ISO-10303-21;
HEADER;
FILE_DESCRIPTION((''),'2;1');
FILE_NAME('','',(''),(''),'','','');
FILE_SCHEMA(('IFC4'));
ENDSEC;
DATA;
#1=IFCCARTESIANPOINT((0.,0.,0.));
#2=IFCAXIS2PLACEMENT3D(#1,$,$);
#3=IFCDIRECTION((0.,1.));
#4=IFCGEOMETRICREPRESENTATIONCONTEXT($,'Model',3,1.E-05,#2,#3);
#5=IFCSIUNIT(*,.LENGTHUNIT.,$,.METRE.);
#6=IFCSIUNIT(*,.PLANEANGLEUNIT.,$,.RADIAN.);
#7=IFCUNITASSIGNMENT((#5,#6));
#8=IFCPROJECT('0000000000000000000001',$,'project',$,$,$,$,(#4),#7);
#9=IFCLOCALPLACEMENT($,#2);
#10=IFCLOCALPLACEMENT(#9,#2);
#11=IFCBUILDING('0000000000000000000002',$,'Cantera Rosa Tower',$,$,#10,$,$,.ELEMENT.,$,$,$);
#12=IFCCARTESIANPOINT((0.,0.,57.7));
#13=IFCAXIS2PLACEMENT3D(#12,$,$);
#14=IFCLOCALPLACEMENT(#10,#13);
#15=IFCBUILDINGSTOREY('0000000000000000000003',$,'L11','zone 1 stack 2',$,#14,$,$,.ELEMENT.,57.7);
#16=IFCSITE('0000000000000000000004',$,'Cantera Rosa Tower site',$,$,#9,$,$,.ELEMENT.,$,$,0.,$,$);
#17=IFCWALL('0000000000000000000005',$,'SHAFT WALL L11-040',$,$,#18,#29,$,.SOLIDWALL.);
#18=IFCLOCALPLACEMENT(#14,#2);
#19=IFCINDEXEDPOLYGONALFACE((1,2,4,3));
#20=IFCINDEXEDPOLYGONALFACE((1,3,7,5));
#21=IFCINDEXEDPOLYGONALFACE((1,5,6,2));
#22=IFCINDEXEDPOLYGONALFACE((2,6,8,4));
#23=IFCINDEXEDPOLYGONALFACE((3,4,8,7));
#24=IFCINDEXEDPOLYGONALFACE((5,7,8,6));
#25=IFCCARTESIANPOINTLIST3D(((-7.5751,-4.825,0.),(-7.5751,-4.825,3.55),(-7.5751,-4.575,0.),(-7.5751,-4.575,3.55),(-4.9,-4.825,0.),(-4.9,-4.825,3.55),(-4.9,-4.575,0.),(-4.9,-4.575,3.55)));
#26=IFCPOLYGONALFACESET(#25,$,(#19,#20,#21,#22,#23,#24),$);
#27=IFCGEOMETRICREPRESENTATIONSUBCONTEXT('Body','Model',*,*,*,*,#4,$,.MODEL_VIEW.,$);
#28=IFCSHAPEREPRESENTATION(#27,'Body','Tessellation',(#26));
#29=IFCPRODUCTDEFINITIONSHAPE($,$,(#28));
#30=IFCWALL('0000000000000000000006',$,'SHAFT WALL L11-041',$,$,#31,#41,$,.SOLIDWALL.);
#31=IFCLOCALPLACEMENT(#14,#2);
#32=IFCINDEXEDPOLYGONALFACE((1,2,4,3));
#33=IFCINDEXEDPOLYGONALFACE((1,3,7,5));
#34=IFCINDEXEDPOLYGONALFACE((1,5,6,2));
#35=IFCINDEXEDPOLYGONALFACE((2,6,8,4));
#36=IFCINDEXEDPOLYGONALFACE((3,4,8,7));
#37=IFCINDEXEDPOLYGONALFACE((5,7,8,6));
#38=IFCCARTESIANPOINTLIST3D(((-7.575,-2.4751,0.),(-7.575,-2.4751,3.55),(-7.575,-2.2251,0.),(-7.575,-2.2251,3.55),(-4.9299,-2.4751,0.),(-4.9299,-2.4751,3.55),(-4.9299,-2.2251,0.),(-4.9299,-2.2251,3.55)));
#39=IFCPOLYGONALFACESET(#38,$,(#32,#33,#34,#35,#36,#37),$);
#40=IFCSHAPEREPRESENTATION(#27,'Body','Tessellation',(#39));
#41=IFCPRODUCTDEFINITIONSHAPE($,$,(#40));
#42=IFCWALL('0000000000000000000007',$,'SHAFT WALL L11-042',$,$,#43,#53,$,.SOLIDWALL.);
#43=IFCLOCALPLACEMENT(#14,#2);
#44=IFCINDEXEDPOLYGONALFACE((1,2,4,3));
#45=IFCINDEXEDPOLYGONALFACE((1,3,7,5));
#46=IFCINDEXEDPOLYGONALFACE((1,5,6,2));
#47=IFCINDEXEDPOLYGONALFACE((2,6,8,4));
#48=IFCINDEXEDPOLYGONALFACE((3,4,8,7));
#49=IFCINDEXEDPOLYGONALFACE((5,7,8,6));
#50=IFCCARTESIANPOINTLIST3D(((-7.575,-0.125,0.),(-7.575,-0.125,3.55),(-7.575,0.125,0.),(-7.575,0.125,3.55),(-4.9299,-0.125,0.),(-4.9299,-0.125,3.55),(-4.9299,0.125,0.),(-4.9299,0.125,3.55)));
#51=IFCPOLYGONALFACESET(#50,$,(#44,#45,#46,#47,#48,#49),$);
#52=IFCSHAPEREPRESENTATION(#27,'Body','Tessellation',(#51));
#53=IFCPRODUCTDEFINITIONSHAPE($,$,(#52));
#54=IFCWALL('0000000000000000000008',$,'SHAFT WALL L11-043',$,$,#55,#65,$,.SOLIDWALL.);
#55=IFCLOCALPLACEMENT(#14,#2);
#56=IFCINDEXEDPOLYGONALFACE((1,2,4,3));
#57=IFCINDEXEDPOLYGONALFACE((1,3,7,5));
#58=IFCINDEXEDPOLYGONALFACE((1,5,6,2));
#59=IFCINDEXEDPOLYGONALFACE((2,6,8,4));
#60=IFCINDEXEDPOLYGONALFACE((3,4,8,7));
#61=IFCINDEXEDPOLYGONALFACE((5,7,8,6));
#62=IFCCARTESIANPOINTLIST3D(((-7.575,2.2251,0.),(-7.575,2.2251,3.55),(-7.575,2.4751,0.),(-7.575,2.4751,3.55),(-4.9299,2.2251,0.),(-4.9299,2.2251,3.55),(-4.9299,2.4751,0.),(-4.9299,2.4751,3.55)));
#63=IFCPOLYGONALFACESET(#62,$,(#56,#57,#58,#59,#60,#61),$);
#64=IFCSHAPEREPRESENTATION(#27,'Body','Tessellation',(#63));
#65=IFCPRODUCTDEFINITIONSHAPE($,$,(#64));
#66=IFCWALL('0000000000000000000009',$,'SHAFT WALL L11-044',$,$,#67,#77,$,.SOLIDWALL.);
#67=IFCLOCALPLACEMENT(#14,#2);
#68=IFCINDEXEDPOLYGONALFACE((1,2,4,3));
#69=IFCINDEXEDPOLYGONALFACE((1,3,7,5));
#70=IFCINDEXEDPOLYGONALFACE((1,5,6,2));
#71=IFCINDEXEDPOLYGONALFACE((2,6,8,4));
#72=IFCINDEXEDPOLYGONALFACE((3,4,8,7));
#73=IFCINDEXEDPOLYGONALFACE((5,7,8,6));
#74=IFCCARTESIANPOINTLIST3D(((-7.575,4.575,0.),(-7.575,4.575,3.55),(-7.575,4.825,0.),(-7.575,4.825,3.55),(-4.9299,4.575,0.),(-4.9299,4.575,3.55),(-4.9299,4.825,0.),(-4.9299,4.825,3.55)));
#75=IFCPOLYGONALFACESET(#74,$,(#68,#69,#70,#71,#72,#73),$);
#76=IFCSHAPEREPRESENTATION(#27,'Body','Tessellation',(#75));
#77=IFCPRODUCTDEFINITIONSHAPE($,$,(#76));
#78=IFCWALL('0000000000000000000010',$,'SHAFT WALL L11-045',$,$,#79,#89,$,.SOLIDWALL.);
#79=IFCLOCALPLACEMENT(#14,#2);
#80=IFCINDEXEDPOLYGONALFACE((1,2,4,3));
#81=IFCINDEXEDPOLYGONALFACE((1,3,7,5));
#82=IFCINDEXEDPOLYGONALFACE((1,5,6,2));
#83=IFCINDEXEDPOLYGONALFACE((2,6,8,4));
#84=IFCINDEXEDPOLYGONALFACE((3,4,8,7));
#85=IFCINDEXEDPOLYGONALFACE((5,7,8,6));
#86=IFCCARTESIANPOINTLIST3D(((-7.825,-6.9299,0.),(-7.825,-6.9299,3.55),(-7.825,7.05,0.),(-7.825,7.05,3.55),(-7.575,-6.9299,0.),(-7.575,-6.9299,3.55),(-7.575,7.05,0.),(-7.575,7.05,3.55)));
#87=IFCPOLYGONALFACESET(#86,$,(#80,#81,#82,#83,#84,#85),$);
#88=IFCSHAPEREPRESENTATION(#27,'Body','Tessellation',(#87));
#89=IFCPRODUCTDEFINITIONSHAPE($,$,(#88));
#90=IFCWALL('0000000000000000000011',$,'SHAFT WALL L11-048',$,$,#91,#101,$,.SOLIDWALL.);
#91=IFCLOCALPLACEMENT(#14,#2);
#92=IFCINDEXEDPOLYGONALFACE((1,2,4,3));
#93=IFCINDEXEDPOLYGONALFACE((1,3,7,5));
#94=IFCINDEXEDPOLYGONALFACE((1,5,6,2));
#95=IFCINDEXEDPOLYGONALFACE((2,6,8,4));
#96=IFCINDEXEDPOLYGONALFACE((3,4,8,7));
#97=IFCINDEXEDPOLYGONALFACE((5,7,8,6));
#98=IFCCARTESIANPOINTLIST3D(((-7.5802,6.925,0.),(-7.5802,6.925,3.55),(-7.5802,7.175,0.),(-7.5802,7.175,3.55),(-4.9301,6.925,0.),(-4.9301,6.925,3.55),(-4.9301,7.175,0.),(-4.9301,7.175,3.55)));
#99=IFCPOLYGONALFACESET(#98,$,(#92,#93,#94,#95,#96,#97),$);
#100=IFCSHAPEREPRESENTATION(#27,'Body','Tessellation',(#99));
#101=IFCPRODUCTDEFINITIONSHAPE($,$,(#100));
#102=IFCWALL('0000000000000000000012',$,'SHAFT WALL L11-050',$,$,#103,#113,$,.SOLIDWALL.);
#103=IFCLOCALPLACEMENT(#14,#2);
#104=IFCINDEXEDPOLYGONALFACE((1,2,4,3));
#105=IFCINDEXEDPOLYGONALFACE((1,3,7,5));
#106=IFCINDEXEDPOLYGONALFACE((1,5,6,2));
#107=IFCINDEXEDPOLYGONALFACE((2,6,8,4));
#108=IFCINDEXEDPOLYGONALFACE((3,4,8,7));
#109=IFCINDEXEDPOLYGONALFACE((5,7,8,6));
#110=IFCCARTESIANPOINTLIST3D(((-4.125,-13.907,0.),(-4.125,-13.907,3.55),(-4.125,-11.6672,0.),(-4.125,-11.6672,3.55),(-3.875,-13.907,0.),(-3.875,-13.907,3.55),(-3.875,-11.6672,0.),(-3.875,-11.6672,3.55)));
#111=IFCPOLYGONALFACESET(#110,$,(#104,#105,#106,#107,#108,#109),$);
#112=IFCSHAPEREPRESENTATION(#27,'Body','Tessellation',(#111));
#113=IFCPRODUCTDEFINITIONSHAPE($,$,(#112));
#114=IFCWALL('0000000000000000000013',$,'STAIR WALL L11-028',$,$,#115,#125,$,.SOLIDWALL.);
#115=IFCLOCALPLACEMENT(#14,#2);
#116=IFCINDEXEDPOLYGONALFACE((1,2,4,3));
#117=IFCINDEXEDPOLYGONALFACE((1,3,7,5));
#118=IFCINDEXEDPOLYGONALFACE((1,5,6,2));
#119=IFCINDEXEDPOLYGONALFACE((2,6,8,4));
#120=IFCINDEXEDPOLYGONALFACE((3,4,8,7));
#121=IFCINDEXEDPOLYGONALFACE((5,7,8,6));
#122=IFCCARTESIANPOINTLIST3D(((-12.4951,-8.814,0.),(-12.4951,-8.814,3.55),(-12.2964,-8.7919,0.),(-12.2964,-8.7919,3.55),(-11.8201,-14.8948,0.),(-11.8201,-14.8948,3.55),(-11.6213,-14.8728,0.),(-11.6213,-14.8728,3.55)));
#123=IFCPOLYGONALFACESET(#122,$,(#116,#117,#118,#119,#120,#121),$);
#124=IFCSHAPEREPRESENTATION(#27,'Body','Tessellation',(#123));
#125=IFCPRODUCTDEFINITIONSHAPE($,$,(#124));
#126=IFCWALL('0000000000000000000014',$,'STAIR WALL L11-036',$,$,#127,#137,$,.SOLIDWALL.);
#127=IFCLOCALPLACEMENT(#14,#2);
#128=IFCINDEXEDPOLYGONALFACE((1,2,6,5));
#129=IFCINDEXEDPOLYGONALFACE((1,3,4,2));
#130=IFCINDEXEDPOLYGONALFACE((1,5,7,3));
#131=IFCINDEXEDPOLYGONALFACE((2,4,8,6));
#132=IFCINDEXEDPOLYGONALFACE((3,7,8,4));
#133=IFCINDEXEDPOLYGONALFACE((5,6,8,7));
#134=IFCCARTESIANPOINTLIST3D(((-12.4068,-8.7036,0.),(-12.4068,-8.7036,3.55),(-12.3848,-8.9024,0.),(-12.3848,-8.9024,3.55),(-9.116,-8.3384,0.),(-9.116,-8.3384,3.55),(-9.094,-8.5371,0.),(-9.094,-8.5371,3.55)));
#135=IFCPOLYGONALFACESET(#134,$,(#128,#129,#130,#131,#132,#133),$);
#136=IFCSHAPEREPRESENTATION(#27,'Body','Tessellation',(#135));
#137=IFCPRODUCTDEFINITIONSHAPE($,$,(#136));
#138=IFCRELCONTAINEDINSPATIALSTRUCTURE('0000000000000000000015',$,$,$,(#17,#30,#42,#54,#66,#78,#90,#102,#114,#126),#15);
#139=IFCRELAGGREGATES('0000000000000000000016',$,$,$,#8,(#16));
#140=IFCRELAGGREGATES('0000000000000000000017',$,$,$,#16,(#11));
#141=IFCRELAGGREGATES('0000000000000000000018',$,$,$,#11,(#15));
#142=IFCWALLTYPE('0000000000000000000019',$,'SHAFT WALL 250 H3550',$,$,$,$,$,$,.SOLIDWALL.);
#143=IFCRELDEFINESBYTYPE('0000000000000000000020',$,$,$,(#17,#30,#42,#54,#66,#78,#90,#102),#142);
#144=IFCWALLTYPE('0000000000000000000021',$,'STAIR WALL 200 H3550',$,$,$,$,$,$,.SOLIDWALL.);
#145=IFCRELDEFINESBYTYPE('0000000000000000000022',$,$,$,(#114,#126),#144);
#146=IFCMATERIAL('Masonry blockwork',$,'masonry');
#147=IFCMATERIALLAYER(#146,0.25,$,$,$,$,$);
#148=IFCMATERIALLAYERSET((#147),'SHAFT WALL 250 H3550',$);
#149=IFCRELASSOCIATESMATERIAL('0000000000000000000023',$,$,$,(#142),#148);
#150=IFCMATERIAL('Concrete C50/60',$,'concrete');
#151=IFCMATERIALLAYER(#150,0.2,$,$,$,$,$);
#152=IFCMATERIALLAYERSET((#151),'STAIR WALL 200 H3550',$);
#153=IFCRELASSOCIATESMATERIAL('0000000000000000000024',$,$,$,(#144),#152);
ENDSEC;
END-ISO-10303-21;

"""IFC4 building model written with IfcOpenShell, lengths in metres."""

from ifc_helpers import new_model, si_unit, direction, frame, frame_2d, origin, place, context, subcontext, project, spatial, rectangle, extrude, material, layer, layer_set, type_object, element, save


model = new_model("IFC4")

# Units and contexts
model_context = context("Model", 3, precision=1e-05, world=origin(), true_north=direction((0.0, 1.0)))
body_context = subcontext(model_context, "Body", "Model", "MODEL_VIEW")
ifc_project = project(units=[si_unit("LENGTHUNIT", "METRE"), si_unit("PLANEANGLEUNIT", "RADIAN")], contexts=[model_context])

# Site, building, storey
site_placement = place(None, origin())
site = spatial("IfcSite", under=ifc_project, at=site_placement, Name="Cantera Rosa Tower site", CompositionType="ELEMENT", RefElevation=0.0)
building_placement = place(site_placement, origin())
building = spatial("IfcBuilding", under=site, at=building_placement, Name="Cantera Rosa Tower", CompositionType="ELEMENT")
storey_placement = place(building_placement, frame((0.0, 0.0, 57.7)))
storey = spatial("IfcBuildingStorey", under=building, at=storey_placement, Name="L11", Description="zone 1 stack 2", CompositionType="ELEMENT", Elevation=57.7)

# Walls
ifc_material_1 = material(Name="Masonry blockwork", Category="masonry")
ifc_layer_1 = layer(ifc_material_1, 0.25)
ifc_layer_set_1 = layer_set([ifc_layer_1], Name="SHAFT WALL 250 H3550")
wall_type_1 = type_object("IfcWallType", Name="SHAFT WALL 250 H3550", PredefinedType="SOLIDWALL", material=ifc_layer_set_1)
wall_1_placement = place(storey_placement, frame((-7.575, -4.7, 0.0), z_axis=(0.0, 0.0, 1.0), x_axis=(1.0, 0.0, 0.0)))
element("IfcWall", 1, at=wall_1_placement, inside=storey, type_object=wall_type_1, Name="SHAFT WALL L11-040", PredefinedType="SOLIDWALL", context=body_context, shape_type="SweptSolid", body=[
    extrude(rectangle(XDim=2.675, YDim=0.25, at=frame_2d((1.3374, 0.0))), origin(), (0.0, 0.0, 1.0), 3.55),
])
for number, where, z_axis, x_axis, name in (
    (2, (-7.575, -2.3501, 0.0), (0.0, 0.0, 1.0), (1.0, 0.0, 0.0), "SHAFT WALL L11-041"),
    (3, (-7.575, 0.0, 0.0), (0.0, 0.0, 1.0), (1.0, 0.0, 0.0), "SHAFT WALL L11-042"),
    (4, (-7.575, 2.3501, 0.0), (0.0, 0.0, 1.0), (1.0, 0.0, 0.0), "SHAFT WALL L11-043"),
    (5, (-7.575, 4.7, 0.0), (0.0, 0.0, 1.0), (1.0, 0.0, 0.0), "SHAFT WALL L11-044"),
):
    element("IfcWall", number, at=place(storey_placement, frame(where, z_axis=z_axis, x_axis=x_axis)), inside=storey, type_object=wall_type_1, Name=name, PredefinedType="SOLIDWALL", context=body_context, shape_type="SweptSolid", body=[
        extrude(rectangle(XDim=2.645, YDim=0.25, at=frame_2d((1.3225, 0.0))), origin(), (0.0, 0.0, 1.0), 3.55),
    ])
wall_2_placement = place(storey_placement, frame((-7.7, 7.05, 0.0), z_axis=(0.0, 0.0, 1.0), x_axis=(0.0, -1.0, 0.0)))
element("IfcWall", 6, at=wall_2_placement, inside=storey, type_object=wall_type_1, Name="SHAFT WALL L11-045", PredefinedType="SOLIDWALL", context=body_context, shape_type="SweptSolid", body=[
    extrude(rectangle(XDim=13.98, YDim=0.25, at=frame_2d((6.99, 0.0))), origin(), (0.0, 0.0, 1.0), 3.55),
])
wall_3_placement = place(storey_placement, frame((-4.9299, 7.05, 0.0), z_axis=(0.0, 0.0, 1.0), x_axis=(-1.0, 0.0, 0.0)))
element("IfcWall", 7, at=wall_3_placement, inside=storey, type_object=wall_type_1, Name="SHAFT WALL L11-048", PredefinedType="SOLIDWALL", context=body_context, shape_type="SweptSolid", body=[
    extrude(rectangle(XDim=2.6501, YDim=0.25, at=frame_2d((1.3252, 0.0))), origin(), (0.0, 0.0, 1.0), 3.55),
])
wall_4_placement = place(storey_placement, frame((-4.0, -11.6672, 0.0), z_axis=(0.0, 0.0, 1.0), x_axis=(0.0, -1.0, 0.0)))
element("IfcWall", 8, at=wall_4_placement, inside=storey, type_object=wall_type_1, Name="SHAFT WALL L11-050", PredefinedType="SOLIDWALL", context=body_context, shape_type="SweptSolid", body=[
    extrude(rectangle(XDim=2.2397, YDim=0.25, at=frame_2d((1.1199, 0.0))), origin(), (0.0, 0.0, 1.0), 3.55),
])
ifc_material_2 = material(Name="Concrete C50/60", Category="concrete")
ifc_layer_2 = layer(ifc_material_2, 0.2)
ifc_layer_set_2 = layer_set([ifc_layer_2], Name="STAIR WALL 200 H3550")
wall_type_2 = type_object("IfcWallType", Name="STAIR WALL 200 H3550", PredefinedType="SOLIDWALL", material=ifc_layer_set_2)
wall_5_placement = place(storey_placement, frame((-12.3958, -8.803, 0.0), z_axis=(0.0, 0.0, 1.0), x_axis=(0.110335, -0.993894, 0.0)))
element("IfcWall", 9, at=wall_5_placement, inside=storey, type_object=wall_type_2, Name="STAIR WALL L11-028", PredefinedType="SOLIDWALL", context=body_context, shape_type="SweptSolid", body=[
    extrude(rectangle(XDim=6.1182, YDim=0.2, at=frame_2d((3.0591, 0.0))), origin(), (0.0, 0.0, 1.0), 3.55),
])
wall_6_placement = place(storey_placement, frame((-9.105, -8.4377, 0.0), z_axis=(0.0, 0.0, 1.0), x_axis=(-0.993897, -0.11031, 0.0)))
element("IfcWall", 10, at=wall_6_placement, inside=storey, type_object=wall_type_2, Name="STAIR WALL L11-036", PredefinedType="SOLIDWALL", context=body_context, shape_type="SweptSolid", body=[
    extrude(rectangle(XDim=3.311, YDim=0.2, at=frame_2d((1.6555, 0.0))), origin(), (0.0, 0.0, 1.0), 3.55),
])

save(model, "model.ifc")
